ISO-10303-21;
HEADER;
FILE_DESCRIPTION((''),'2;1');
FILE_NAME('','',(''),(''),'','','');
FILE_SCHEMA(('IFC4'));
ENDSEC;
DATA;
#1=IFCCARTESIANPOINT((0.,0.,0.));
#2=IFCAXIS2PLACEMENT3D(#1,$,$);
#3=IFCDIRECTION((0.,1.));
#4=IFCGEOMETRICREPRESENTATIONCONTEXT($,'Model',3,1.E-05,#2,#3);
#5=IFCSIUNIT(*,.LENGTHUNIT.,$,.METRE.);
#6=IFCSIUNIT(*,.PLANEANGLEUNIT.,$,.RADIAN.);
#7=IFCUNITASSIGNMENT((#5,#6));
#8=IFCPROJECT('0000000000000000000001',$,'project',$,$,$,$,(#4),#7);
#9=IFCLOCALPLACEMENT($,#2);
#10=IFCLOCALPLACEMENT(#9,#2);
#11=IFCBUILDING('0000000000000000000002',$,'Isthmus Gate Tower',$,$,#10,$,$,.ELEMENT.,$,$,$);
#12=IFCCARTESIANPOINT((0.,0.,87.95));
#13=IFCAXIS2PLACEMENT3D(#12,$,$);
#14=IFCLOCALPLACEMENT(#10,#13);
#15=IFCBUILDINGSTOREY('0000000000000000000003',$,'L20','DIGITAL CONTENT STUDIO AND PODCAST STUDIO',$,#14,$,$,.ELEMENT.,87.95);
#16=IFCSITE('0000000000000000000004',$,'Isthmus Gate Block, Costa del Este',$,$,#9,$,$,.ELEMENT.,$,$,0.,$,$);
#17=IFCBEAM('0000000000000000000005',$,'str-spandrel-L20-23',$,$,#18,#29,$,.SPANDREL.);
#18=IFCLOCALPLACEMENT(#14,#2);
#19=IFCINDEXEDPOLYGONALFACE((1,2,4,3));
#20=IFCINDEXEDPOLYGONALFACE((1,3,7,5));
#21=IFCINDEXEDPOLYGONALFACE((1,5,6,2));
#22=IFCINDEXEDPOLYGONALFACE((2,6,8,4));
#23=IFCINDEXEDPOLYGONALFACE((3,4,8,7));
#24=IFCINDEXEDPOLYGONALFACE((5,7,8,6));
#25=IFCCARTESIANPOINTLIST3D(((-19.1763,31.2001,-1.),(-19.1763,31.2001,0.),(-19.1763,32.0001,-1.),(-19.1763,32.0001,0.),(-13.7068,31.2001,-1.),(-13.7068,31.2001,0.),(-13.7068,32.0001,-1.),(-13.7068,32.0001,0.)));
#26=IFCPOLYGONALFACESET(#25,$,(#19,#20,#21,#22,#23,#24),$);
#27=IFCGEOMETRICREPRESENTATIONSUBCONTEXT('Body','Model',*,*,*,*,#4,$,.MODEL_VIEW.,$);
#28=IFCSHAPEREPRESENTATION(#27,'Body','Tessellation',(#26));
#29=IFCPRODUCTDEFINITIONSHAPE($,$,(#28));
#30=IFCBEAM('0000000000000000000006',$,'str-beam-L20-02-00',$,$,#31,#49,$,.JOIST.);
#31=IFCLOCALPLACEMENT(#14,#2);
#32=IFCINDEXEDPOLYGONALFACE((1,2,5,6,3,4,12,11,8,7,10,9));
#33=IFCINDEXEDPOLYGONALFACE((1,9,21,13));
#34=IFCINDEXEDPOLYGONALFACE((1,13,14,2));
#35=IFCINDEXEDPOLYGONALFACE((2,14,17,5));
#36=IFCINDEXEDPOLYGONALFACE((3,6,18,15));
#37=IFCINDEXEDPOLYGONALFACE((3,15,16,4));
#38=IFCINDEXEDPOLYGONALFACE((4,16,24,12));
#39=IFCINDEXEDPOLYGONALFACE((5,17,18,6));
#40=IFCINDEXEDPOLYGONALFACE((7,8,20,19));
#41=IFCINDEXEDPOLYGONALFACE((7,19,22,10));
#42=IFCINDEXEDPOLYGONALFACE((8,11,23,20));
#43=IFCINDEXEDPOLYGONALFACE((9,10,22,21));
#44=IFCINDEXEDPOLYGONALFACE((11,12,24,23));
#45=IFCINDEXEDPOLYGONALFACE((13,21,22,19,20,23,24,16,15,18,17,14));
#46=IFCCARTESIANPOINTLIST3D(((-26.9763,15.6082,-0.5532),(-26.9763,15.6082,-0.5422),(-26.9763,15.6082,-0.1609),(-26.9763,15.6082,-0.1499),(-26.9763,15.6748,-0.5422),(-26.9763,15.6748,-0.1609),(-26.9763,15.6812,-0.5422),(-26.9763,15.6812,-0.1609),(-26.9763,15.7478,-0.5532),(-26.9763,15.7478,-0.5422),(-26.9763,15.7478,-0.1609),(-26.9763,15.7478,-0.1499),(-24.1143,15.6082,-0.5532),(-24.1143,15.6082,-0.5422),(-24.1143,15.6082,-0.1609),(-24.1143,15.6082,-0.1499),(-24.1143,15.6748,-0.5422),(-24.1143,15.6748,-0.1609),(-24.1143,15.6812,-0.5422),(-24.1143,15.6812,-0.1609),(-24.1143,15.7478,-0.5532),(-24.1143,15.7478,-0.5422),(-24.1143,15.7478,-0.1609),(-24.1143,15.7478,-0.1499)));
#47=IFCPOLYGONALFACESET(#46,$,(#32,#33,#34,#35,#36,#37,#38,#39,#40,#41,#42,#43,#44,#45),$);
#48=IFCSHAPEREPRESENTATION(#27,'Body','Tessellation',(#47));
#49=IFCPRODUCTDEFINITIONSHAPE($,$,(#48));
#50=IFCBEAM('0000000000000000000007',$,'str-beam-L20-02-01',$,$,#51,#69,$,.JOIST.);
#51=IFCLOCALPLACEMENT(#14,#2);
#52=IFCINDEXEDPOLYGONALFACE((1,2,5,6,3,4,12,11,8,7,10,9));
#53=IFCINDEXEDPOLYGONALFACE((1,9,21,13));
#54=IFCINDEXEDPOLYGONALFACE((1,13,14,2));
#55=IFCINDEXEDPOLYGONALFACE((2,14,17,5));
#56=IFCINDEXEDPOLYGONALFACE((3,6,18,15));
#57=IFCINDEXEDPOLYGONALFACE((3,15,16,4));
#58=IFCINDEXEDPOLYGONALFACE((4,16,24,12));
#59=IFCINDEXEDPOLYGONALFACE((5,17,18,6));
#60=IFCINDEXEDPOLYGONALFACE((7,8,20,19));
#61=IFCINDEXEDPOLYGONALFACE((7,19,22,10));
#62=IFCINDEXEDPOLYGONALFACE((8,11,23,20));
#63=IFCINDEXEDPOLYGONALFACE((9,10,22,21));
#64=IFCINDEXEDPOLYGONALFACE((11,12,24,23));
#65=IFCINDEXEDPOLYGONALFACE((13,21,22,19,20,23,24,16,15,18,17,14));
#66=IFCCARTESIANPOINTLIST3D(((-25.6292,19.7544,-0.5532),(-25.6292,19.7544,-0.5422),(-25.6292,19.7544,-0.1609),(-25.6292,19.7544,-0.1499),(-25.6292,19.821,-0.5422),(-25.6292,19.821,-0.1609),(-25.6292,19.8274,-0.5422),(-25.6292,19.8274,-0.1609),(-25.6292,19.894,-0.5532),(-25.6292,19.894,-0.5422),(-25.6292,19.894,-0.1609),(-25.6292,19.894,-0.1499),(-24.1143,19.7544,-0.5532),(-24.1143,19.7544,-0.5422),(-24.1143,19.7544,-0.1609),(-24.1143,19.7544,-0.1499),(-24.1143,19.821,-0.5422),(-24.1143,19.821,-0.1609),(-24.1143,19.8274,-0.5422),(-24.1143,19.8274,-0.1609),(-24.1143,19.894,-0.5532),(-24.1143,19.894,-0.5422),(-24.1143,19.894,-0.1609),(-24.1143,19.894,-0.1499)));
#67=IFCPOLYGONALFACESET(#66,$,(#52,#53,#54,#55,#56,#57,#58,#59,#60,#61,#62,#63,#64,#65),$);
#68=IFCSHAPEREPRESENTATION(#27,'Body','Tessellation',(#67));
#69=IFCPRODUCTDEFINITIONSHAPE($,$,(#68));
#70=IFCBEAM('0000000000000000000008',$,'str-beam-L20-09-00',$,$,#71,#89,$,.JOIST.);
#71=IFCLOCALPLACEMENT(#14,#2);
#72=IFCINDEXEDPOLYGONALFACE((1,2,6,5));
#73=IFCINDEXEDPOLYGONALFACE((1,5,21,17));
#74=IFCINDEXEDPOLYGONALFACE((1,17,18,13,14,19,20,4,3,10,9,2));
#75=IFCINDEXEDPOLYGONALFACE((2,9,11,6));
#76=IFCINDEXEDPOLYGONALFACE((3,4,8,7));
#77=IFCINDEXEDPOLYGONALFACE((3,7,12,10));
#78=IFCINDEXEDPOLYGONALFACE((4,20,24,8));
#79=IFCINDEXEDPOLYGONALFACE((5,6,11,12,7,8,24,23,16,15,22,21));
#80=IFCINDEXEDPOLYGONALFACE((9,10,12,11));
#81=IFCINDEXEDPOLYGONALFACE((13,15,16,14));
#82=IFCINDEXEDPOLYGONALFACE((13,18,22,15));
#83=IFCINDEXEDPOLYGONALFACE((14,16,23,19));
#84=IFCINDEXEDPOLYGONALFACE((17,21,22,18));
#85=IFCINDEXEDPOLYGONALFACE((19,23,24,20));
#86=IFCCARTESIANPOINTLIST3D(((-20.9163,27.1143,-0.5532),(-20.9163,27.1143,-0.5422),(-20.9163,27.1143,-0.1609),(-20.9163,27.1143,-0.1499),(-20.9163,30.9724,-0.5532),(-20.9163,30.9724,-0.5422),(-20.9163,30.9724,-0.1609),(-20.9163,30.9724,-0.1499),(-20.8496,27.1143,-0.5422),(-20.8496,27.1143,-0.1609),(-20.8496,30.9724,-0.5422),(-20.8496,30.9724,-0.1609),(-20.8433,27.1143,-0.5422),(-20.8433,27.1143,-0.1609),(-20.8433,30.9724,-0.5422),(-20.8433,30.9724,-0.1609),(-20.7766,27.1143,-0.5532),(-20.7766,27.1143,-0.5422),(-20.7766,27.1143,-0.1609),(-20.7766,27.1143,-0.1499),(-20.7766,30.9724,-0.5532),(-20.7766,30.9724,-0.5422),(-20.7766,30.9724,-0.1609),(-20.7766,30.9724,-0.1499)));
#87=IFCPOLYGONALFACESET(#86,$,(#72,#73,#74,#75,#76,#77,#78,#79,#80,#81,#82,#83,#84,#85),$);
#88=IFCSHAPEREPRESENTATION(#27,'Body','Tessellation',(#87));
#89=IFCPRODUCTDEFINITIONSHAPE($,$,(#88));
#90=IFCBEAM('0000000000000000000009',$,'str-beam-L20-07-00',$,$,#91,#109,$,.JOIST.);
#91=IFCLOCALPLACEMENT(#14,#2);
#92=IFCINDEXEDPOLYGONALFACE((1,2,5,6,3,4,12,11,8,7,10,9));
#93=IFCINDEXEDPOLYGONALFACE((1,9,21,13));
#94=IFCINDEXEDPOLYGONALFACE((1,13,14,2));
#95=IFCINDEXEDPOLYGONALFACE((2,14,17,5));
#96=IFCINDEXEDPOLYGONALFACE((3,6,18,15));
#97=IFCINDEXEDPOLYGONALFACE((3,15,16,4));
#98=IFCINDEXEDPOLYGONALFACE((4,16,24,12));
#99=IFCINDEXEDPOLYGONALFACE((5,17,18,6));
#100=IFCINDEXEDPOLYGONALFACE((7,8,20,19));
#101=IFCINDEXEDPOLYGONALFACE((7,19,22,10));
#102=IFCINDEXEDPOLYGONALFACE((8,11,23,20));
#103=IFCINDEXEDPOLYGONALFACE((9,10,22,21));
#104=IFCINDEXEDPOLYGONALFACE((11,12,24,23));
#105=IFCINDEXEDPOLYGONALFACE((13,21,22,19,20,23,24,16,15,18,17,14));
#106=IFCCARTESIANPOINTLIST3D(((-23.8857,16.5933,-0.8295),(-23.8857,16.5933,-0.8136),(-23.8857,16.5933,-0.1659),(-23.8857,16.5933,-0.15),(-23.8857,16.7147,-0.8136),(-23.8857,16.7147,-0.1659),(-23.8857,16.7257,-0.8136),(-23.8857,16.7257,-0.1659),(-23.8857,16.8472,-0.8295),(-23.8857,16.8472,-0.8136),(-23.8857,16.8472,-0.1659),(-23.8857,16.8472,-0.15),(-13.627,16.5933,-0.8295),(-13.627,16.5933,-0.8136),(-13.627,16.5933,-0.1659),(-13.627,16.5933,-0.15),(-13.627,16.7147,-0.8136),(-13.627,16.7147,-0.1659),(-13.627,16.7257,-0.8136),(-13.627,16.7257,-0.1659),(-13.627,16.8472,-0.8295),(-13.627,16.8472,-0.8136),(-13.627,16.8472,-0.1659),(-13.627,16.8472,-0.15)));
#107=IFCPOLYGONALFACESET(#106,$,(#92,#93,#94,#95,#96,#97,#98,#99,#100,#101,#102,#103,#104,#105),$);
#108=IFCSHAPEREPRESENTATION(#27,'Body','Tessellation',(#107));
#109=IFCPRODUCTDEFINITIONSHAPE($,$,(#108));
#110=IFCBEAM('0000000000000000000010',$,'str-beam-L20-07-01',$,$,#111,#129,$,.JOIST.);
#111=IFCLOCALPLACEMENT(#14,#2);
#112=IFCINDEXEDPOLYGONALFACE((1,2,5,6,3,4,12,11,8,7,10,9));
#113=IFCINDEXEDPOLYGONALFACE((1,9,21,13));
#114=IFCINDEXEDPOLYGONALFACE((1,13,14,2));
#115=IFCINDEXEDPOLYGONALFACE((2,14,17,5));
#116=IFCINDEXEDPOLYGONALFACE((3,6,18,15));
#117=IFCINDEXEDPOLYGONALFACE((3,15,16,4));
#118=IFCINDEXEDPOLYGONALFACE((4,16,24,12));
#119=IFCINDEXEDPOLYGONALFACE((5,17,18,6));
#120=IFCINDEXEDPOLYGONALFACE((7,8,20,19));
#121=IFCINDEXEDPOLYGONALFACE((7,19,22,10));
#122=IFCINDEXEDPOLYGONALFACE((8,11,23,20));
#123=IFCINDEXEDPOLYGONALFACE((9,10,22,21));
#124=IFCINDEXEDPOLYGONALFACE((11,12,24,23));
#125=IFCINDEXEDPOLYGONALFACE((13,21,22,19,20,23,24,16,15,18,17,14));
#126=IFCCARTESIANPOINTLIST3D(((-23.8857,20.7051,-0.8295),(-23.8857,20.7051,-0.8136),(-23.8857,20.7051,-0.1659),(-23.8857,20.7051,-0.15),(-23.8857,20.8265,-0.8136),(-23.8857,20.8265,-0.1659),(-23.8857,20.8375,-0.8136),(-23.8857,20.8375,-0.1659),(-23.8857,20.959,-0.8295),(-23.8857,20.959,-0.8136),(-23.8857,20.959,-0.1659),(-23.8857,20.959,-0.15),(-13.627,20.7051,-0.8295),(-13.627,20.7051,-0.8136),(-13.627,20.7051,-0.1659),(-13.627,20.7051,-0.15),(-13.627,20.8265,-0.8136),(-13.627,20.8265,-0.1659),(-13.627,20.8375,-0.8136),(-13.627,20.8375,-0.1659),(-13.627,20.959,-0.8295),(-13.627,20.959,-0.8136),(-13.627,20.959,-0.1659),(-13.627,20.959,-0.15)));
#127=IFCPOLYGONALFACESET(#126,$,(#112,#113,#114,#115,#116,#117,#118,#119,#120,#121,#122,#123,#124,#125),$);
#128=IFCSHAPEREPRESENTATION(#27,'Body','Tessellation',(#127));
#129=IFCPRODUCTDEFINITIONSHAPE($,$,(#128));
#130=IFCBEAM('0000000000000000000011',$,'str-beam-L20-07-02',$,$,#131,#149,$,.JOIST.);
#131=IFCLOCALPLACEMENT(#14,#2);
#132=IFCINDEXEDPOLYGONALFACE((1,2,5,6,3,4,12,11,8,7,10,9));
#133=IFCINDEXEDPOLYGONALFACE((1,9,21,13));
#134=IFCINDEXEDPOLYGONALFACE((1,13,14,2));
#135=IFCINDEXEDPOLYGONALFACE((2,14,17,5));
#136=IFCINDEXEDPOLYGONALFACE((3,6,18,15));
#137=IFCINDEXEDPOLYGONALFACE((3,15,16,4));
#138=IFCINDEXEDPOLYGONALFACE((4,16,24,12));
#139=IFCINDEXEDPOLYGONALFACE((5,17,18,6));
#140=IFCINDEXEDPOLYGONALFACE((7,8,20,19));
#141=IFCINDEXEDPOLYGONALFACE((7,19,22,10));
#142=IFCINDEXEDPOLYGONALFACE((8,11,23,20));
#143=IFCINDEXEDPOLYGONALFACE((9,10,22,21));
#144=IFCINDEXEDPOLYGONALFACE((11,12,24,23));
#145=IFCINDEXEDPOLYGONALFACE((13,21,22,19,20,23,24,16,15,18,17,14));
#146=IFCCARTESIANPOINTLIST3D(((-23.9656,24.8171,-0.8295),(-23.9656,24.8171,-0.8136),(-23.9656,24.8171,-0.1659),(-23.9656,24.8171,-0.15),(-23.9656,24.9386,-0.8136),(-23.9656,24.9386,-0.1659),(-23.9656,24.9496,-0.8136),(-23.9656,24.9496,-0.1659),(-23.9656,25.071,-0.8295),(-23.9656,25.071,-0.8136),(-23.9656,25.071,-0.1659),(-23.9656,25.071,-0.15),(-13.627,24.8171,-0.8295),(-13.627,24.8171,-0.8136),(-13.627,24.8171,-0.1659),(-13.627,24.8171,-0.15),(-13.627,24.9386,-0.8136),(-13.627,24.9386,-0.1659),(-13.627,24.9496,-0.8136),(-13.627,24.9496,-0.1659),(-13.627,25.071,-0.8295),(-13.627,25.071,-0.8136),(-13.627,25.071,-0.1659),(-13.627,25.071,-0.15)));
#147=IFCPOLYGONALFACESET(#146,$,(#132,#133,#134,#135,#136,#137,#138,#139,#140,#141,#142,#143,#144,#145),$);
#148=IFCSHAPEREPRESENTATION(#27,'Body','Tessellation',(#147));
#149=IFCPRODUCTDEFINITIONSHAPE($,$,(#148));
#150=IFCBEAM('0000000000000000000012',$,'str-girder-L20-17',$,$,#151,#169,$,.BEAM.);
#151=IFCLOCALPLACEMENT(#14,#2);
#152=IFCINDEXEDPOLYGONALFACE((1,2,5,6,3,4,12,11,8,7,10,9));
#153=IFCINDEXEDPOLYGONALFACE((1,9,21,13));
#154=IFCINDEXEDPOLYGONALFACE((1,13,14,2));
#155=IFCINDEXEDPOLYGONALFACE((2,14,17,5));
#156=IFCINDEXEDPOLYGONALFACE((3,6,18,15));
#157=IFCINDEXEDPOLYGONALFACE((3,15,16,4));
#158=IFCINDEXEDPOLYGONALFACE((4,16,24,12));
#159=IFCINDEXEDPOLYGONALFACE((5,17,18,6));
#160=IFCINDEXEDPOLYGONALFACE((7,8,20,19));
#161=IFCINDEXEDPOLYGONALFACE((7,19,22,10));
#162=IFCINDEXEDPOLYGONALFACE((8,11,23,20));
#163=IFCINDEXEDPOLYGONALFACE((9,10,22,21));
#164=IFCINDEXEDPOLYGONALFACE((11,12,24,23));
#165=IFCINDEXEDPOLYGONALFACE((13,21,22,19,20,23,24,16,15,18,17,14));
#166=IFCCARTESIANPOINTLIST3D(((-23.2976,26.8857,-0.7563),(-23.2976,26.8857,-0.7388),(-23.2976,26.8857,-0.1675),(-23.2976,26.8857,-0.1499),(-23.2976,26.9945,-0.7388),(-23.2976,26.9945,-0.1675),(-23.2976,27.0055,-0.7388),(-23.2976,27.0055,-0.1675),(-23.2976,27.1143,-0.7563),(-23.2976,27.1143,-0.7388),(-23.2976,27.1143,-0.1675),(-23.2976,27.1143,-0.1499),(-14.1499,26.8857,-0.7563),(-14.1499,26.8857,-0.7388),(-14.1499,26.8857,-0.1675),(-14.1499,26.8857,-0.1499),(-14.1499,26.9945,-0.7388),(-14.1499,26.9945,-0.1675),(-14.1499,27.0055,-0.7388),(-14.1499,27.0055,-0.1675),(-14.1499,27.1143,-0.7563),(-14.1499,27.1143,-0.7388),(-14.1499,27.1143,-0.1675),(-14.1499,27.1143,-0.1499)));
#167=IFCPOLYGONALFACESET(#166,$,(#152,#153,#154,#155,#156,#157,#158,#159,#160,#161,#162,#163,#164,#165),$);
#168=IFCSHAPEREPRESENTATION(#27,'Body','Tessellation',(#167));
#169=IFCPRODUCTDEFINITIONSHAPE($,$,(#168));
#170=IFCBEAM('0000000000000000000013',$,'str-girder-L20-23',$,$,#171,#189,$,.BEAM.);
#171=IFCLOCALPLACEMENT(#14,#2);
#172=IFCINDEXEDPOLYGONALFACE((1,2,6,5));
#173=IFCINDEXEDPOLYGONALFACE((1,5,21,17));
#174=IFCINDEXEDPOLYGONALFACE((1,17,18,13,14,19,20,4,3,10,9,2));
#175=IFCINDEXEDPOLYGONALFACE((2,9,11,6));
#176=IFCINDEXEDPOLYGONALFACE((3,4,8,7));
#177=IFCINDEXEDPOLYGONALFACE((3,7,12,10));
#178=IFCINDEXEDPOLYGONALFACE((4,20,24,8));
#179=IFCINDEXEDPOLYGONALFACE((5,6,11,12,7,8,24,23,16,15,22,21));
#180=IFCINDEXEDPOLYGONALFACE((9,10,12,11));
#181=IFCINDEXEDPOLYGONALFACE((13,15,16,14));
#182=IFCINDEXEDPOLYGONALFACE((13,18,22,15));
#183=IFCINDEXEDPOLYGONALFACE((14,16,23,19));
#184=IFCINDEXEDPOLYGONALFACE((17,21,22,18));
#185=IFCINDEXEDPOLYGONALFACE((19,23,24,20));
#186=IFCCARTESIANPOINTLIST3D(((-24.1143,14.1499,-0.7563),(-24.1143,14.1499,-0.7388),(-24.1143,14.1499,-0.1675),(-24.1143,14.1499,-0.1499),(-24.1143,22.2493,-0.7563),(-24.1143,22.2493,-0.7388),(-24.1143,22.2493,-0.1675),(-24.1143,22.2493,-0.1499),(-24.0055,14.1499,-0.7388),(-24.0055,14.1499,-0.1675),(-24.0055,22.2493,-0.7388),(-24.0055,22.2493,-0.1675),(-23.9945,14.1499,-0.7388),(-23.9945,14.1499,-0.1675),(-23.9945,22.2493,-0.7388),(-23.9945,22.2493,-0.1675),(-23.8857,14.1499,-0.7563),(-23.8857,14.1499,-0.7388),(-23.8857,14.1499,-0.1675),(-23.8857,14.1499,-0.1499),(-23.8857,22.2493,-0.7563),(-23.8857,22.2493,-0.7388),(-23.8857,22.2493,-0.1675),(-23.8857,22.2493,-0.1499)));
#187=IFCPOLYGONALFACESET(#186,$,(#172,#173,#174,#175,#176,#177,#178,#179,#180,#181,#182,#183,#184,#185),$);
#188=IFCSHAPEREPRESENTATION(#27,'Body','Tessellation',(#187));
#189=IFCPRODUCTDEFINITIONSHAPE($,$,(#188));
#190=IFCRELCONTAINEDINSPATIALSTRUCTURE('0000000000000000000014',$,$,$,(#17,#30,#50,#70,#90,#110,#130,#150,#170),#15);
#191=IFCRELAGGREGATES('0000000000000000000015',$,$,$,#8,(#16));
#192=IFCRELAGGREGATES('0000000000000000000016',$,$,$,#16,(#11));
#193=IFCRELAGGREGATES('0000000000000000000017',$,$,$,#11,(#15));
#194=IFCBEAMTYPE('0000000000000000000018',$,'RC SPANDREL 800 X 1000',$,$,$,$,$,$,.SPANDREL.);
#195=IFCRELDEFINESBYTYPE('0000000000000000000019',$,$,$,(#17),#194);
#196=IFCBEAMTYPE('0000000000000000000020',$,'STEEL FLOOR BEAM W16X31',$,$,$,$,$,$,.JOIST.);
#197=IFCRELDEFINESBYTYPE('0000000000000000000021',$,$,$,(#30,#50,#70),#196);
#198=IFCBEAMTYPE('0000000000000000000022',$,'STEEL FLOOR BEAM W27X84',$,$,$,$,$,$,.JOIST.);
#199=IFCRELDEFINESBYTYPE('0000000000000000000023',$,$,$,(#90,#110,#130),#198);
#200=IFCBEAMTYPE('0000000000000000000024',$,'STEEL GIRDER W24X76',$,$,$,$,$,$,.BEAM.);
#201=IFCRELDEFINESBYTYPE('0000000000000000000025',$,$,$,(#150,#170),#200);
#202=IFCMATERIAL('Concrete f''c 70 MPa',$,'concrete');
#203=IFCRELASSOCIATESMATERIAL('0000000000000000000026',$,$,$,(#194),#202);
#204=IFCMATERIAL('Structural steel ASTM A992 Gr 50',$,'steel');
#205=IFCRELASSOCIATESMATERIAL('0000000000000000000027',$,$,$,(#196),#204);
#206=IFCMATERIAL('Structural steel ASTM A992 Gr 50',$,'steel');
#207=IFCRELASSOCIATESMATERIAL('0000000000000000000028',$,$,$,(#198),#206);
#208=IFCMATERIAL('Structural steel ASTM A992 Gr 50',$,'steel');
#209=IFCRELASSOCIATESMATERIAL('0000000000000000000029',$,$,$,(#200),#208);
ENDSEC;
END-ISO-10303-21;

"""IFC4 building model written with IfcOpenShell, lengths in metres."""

from ifc_helpers import new_model, si_unit, direction, frame, origin, origin_2d, place, context, subcontext, project, spatial, rectangle, i_section, extrude, material, material_profile, profile_set, type_object, element, save


model = new_model("IFC4")

# Units and contexts
model_context = context("Model", 3, precision=1e-05, world=origin(), true_north=direction((0.0, 1.0)))
body_context = subcontext(model_context, "Body", "Model", "MODEL_VIEW")
ifc_project = project(units=[si_unit("LENGTHUNIT", "METRE"), si_unit("PLANEANGLEUNIT", "RADIAN")], contexts=[model_context])

# Site, building, storey
site_placement = place(None, origin())
site = spatial("IfcSite", under=ifc_project, at=site_placement, Name="Isthmus Gate Block, Costa del Este", CompositionType="ELEMENT", RefElevation=0.0)
building_placement = place(site_placement, origin())
building = spatial("IfcBuilding", under=site, at=building_placement, Name="Isthmus Gate Tower", CompositionType="ELEMENT")
storey_placement = place(building_placement, frame((0.0, 0.0, 87.95)))
storey = spatial("IfcBuildingStorey", under=building, at=storey_placement, Name="L20", Description="DIGITAL CONTENT STUDIO AND PODCAST STUDIO", CompositionType="ELEMENT", Elevation=87.95)

# Beams
ifc_material_1 = material(Name="Concrete f'c 70 MPa", Category="concrete")
ifc_material_profile_1 = material_profile(ifc_material_1, rectangle(XDim=0.8, YDim=1.0, at=origin_2d()), Name="RC 800X1000")
ifc_profile_set_1 = profile_set([ifc_material_profile_1], Name="Concrete f'c 70 MPa")
beam_type_1 = type_object("IfcBeamType", Name="RC SPANDREL 800 X 1000", PredefinedType="SPANDREL", material=ifc_profile_set_1)
beam_1_placement = place(storey_placement, frame((-19.1763, 31.6001, -0.5), z_axis=(1.0, 0.0, 0.0), x_axis=(0.0, 1.0, 0.0)))
element("IfcBeam", 1, at=beam_1_placement, inside=storey, type_object=beam_type_1, Name="str-spandrel-L20-23", PredefinedType="SPANDREL", context=body_context, shape_type="SweptSolid", body=[
    extrude(rectangle(XDim=0.8, YDim=1.0, at=origin_2d()), origin(), (0.0, 0.0, 1.0), 5.4695),
])
ifc_material_2 = material(Name="Structural steel ASTM A992 Gr 50", Category="steel")
ifc_material_profile_2 = material_profile(ifc_material_2, i_section(OverallWidth=0.1396, OverallDepth=0.4033, WebThickness=0.0063, FlangeThickness=0.011, at=origin_2d()), Name="W16X31")
ifc_profile_set_2 = profile_set([ifc_material_profile_2], Name="Structural steel ASTM A992 Gr 50")
beam_type_2 = type_object("IfcBeamType", Name="STEEL FLOOR BEAM W16X31", PredefinedType="JOIST", material=ifc_profile_set_2)
beam_2_placement = place(storey_placement, frame((-26.9763, 15.678, -0.3516), z_axis=(1.0, 0.0, 0.0), x_axis=(0.0, 1.0, 0.0)))
element("IfcBeam", 2, at=beam_2_placement, inside=storey, type_object=beam_type_2, Name="str-beam-L20-02-00", PredefinedType="JOIST", context=body_context, shape_type="SweptSolid", body=[
    extrude(i_section(OverallWidth=0.1396, OverallDepth=0.4033, WebThickness=0.0063, FlangeThickness=0.011, at=origin_2d()), origin(), (0.0, 0.0, 1.0), 2.8621),
])
beam_3_placement = place(storey_placement, frame((-25.6292, 19.8242, -0.3516), z_axis=(1.0, 0.0, 0.0), x_axis=(0.0, 1.0, 0.0)))
element("IfcBeam", 3, at=beam_3_placement, inside=storey, type_object=beam_type_2, Name="str-beam-L20-02-01", PredefinedType="JOIST", context=body_context, shape_type="SweptSolid", body=[
    extrude(i_section(OverallWidth=0.1396, OverallDepth=0.4033, WebThickness=0.0063, FlangeThickness=0.011, at=origin_2d()), origin(), (0.0, 0.0, 1.0), 1.5149),
])
beam_4_placement = place(storey_placement, frame((-20.8464, 27.1143, -0.3516), z_axis=(0.0, 1.0, 0.0), x_axis=(-1.0, 0.0, 0.0)))
element("IfcBeam", 4, at=beam_4_placement, inside=storey, type_object=beam_type_2, Name="str-beam-L20-09-00", PredefinedType="JOIST", context=body_context, shape_type="SweptSolid", body=[
    extrude(i_section(OverallWidth=0.1396, OverallDepth=0.4033, WebThickness=0.0063, FlangeThickness=0.011, at=origin_2d()), origin(), (0.0, 0.0, 1.0), 3.8582),
])
ifc_material_3 = material(Name="Structural steel ASTM A992 Gr 50", Category="steel")
ifc_material_profile_3 = material_profile(ifc_material_3, i_section(OverallWidth=0.2539, OverallDepth=0.6794, WebThickness=0.011, FlangeThickness=0.0159, at=origin_2d()), Name="W27X84")
ifc_profile_set_3 = profile_set([ifc_material_profile_3], Name="Structural steel ASTM A992 Gr 50")
beam_type_3 = type_object("IfcBeamType", Name="STEEL FLOOR BEAM W27X84", PredefinedType="JOIST", material=ifc_profile_set_3)
for number, where, z_axis, x_axis, name in (
    (5, (-23.8857, 16.7202, -0.4897), (1.0, 0.0, 0.0), (0.0, 1.0, 0.0), "str-beam-L20-07-00"),
    (6, (-23.8857, 20.832, -0.4897), (1.0, 0.0, 0.0), (0.0, 1.0, 0.0), "str-beam-L20-07-01"),
):
    element("IfcBeam", number, at=place(storey_placement, frame(where, z_axis=z_axis, x_axis=x_axis)), inside=storey, type_object=beam_type_3, Name=name, PredefinedType="JOIST", context=body_context, shape_type="SweptSolid", body=[
        extrude(i_section(OverallWidth=0.2539, OverallDepth=0.6794, WebThickness=0.011, FlangeThickness=0.0159, at=origin_2d()), origin(), (0.0, 0.0, 1.0), 10.2588),
    ])
beam_5_placement = place(storey_placement, frame((-23.9656, 24.9441, -0.4897), z_axis=(1.0, 0.0, 0.0), x_axis=(0.0, 1.0, 0.0)))
element("IfcBeam", 7, at=beam_5_placement, inside=storey, type_object=beam_type_3, Name="str-beam-L20-07-02", PredefinedType="JOIST", context=body_context, shape_type="SweptSolid", body=[
    extrude(i_section(OverallWidth=0.2539, OverallDepth=0.6794, WebThickness=0.011, FlangeThickness=0.0159, at=origin_2d()), origin(), (0.0, 0.0, 1.0), 10.3386),
])
ifc_material_4 = material(Name="Structural steel ASTM A992 Gr 50", Category="steel")
ifc_material_profile_4 = material_profile(ifc_material_4, i_section(OverallWidth=0.2285, OverallDepth=0.6064, WebThickness=0.011, FlangeThickness=0.0176, at=origin_2d()), Name="W24X76")
ifc_profile_set_4 = profile_set([ifc_material_profile_4], Name="Structural steel ASTM A992 Gr 50")
beam_type_4 = type_object("IfcBeamType", Name="STEEL GIRDER W24X76", PredefinedType="BEAM", material=ifc_profile_set_4)
beam_6_placement = place(storey_placement, frame((-23.2976, 27.0, -0.4531), z_axis=(1.0, 0.0, 0.0), x_axis=(0.0, 1.0, 0.0)))
element("IfcBeam", 8, at=beam_6_placement, inside=storey, type_object=beam_type_4, Name="str-girder-L20-17", PredefinedType="BEAM", context=body_context, shape_type="SweptSolid", body=[
    extrude(i_section(OverallWidth=0.2285, OverallDepth=0.6064, WebThickness=0.011, FlangeThickness=0.0176, at=origin_2d()), origin(), (0.0, 0.0, 1.0), 9.1477),
])
beam_7_placement = place(storey_placement, frame((-24.0, 14.1499, -0.4531), z_axis=(0.0, 1.0, 0.0), x_axis=(-1.0, 0.0, 0.0)))
element("IfcBeam", 9, at=beam_7_placement, inside=storey, type_object=beam_type_4, Name="str-girder-L20-23", PredefinedType="BEAM", context=body_context, shape_type="SweptSolid", body=[
    extrude(i_section(OverallWidth=0.2285, OverallDepth=0.6064, WebThickness=0.011, FlangeThickness=0.0176, at=origin_2d()), origin(), (0.0, 0.0, 1.0), 8.0994),
])

save(model, "model.ifc")
